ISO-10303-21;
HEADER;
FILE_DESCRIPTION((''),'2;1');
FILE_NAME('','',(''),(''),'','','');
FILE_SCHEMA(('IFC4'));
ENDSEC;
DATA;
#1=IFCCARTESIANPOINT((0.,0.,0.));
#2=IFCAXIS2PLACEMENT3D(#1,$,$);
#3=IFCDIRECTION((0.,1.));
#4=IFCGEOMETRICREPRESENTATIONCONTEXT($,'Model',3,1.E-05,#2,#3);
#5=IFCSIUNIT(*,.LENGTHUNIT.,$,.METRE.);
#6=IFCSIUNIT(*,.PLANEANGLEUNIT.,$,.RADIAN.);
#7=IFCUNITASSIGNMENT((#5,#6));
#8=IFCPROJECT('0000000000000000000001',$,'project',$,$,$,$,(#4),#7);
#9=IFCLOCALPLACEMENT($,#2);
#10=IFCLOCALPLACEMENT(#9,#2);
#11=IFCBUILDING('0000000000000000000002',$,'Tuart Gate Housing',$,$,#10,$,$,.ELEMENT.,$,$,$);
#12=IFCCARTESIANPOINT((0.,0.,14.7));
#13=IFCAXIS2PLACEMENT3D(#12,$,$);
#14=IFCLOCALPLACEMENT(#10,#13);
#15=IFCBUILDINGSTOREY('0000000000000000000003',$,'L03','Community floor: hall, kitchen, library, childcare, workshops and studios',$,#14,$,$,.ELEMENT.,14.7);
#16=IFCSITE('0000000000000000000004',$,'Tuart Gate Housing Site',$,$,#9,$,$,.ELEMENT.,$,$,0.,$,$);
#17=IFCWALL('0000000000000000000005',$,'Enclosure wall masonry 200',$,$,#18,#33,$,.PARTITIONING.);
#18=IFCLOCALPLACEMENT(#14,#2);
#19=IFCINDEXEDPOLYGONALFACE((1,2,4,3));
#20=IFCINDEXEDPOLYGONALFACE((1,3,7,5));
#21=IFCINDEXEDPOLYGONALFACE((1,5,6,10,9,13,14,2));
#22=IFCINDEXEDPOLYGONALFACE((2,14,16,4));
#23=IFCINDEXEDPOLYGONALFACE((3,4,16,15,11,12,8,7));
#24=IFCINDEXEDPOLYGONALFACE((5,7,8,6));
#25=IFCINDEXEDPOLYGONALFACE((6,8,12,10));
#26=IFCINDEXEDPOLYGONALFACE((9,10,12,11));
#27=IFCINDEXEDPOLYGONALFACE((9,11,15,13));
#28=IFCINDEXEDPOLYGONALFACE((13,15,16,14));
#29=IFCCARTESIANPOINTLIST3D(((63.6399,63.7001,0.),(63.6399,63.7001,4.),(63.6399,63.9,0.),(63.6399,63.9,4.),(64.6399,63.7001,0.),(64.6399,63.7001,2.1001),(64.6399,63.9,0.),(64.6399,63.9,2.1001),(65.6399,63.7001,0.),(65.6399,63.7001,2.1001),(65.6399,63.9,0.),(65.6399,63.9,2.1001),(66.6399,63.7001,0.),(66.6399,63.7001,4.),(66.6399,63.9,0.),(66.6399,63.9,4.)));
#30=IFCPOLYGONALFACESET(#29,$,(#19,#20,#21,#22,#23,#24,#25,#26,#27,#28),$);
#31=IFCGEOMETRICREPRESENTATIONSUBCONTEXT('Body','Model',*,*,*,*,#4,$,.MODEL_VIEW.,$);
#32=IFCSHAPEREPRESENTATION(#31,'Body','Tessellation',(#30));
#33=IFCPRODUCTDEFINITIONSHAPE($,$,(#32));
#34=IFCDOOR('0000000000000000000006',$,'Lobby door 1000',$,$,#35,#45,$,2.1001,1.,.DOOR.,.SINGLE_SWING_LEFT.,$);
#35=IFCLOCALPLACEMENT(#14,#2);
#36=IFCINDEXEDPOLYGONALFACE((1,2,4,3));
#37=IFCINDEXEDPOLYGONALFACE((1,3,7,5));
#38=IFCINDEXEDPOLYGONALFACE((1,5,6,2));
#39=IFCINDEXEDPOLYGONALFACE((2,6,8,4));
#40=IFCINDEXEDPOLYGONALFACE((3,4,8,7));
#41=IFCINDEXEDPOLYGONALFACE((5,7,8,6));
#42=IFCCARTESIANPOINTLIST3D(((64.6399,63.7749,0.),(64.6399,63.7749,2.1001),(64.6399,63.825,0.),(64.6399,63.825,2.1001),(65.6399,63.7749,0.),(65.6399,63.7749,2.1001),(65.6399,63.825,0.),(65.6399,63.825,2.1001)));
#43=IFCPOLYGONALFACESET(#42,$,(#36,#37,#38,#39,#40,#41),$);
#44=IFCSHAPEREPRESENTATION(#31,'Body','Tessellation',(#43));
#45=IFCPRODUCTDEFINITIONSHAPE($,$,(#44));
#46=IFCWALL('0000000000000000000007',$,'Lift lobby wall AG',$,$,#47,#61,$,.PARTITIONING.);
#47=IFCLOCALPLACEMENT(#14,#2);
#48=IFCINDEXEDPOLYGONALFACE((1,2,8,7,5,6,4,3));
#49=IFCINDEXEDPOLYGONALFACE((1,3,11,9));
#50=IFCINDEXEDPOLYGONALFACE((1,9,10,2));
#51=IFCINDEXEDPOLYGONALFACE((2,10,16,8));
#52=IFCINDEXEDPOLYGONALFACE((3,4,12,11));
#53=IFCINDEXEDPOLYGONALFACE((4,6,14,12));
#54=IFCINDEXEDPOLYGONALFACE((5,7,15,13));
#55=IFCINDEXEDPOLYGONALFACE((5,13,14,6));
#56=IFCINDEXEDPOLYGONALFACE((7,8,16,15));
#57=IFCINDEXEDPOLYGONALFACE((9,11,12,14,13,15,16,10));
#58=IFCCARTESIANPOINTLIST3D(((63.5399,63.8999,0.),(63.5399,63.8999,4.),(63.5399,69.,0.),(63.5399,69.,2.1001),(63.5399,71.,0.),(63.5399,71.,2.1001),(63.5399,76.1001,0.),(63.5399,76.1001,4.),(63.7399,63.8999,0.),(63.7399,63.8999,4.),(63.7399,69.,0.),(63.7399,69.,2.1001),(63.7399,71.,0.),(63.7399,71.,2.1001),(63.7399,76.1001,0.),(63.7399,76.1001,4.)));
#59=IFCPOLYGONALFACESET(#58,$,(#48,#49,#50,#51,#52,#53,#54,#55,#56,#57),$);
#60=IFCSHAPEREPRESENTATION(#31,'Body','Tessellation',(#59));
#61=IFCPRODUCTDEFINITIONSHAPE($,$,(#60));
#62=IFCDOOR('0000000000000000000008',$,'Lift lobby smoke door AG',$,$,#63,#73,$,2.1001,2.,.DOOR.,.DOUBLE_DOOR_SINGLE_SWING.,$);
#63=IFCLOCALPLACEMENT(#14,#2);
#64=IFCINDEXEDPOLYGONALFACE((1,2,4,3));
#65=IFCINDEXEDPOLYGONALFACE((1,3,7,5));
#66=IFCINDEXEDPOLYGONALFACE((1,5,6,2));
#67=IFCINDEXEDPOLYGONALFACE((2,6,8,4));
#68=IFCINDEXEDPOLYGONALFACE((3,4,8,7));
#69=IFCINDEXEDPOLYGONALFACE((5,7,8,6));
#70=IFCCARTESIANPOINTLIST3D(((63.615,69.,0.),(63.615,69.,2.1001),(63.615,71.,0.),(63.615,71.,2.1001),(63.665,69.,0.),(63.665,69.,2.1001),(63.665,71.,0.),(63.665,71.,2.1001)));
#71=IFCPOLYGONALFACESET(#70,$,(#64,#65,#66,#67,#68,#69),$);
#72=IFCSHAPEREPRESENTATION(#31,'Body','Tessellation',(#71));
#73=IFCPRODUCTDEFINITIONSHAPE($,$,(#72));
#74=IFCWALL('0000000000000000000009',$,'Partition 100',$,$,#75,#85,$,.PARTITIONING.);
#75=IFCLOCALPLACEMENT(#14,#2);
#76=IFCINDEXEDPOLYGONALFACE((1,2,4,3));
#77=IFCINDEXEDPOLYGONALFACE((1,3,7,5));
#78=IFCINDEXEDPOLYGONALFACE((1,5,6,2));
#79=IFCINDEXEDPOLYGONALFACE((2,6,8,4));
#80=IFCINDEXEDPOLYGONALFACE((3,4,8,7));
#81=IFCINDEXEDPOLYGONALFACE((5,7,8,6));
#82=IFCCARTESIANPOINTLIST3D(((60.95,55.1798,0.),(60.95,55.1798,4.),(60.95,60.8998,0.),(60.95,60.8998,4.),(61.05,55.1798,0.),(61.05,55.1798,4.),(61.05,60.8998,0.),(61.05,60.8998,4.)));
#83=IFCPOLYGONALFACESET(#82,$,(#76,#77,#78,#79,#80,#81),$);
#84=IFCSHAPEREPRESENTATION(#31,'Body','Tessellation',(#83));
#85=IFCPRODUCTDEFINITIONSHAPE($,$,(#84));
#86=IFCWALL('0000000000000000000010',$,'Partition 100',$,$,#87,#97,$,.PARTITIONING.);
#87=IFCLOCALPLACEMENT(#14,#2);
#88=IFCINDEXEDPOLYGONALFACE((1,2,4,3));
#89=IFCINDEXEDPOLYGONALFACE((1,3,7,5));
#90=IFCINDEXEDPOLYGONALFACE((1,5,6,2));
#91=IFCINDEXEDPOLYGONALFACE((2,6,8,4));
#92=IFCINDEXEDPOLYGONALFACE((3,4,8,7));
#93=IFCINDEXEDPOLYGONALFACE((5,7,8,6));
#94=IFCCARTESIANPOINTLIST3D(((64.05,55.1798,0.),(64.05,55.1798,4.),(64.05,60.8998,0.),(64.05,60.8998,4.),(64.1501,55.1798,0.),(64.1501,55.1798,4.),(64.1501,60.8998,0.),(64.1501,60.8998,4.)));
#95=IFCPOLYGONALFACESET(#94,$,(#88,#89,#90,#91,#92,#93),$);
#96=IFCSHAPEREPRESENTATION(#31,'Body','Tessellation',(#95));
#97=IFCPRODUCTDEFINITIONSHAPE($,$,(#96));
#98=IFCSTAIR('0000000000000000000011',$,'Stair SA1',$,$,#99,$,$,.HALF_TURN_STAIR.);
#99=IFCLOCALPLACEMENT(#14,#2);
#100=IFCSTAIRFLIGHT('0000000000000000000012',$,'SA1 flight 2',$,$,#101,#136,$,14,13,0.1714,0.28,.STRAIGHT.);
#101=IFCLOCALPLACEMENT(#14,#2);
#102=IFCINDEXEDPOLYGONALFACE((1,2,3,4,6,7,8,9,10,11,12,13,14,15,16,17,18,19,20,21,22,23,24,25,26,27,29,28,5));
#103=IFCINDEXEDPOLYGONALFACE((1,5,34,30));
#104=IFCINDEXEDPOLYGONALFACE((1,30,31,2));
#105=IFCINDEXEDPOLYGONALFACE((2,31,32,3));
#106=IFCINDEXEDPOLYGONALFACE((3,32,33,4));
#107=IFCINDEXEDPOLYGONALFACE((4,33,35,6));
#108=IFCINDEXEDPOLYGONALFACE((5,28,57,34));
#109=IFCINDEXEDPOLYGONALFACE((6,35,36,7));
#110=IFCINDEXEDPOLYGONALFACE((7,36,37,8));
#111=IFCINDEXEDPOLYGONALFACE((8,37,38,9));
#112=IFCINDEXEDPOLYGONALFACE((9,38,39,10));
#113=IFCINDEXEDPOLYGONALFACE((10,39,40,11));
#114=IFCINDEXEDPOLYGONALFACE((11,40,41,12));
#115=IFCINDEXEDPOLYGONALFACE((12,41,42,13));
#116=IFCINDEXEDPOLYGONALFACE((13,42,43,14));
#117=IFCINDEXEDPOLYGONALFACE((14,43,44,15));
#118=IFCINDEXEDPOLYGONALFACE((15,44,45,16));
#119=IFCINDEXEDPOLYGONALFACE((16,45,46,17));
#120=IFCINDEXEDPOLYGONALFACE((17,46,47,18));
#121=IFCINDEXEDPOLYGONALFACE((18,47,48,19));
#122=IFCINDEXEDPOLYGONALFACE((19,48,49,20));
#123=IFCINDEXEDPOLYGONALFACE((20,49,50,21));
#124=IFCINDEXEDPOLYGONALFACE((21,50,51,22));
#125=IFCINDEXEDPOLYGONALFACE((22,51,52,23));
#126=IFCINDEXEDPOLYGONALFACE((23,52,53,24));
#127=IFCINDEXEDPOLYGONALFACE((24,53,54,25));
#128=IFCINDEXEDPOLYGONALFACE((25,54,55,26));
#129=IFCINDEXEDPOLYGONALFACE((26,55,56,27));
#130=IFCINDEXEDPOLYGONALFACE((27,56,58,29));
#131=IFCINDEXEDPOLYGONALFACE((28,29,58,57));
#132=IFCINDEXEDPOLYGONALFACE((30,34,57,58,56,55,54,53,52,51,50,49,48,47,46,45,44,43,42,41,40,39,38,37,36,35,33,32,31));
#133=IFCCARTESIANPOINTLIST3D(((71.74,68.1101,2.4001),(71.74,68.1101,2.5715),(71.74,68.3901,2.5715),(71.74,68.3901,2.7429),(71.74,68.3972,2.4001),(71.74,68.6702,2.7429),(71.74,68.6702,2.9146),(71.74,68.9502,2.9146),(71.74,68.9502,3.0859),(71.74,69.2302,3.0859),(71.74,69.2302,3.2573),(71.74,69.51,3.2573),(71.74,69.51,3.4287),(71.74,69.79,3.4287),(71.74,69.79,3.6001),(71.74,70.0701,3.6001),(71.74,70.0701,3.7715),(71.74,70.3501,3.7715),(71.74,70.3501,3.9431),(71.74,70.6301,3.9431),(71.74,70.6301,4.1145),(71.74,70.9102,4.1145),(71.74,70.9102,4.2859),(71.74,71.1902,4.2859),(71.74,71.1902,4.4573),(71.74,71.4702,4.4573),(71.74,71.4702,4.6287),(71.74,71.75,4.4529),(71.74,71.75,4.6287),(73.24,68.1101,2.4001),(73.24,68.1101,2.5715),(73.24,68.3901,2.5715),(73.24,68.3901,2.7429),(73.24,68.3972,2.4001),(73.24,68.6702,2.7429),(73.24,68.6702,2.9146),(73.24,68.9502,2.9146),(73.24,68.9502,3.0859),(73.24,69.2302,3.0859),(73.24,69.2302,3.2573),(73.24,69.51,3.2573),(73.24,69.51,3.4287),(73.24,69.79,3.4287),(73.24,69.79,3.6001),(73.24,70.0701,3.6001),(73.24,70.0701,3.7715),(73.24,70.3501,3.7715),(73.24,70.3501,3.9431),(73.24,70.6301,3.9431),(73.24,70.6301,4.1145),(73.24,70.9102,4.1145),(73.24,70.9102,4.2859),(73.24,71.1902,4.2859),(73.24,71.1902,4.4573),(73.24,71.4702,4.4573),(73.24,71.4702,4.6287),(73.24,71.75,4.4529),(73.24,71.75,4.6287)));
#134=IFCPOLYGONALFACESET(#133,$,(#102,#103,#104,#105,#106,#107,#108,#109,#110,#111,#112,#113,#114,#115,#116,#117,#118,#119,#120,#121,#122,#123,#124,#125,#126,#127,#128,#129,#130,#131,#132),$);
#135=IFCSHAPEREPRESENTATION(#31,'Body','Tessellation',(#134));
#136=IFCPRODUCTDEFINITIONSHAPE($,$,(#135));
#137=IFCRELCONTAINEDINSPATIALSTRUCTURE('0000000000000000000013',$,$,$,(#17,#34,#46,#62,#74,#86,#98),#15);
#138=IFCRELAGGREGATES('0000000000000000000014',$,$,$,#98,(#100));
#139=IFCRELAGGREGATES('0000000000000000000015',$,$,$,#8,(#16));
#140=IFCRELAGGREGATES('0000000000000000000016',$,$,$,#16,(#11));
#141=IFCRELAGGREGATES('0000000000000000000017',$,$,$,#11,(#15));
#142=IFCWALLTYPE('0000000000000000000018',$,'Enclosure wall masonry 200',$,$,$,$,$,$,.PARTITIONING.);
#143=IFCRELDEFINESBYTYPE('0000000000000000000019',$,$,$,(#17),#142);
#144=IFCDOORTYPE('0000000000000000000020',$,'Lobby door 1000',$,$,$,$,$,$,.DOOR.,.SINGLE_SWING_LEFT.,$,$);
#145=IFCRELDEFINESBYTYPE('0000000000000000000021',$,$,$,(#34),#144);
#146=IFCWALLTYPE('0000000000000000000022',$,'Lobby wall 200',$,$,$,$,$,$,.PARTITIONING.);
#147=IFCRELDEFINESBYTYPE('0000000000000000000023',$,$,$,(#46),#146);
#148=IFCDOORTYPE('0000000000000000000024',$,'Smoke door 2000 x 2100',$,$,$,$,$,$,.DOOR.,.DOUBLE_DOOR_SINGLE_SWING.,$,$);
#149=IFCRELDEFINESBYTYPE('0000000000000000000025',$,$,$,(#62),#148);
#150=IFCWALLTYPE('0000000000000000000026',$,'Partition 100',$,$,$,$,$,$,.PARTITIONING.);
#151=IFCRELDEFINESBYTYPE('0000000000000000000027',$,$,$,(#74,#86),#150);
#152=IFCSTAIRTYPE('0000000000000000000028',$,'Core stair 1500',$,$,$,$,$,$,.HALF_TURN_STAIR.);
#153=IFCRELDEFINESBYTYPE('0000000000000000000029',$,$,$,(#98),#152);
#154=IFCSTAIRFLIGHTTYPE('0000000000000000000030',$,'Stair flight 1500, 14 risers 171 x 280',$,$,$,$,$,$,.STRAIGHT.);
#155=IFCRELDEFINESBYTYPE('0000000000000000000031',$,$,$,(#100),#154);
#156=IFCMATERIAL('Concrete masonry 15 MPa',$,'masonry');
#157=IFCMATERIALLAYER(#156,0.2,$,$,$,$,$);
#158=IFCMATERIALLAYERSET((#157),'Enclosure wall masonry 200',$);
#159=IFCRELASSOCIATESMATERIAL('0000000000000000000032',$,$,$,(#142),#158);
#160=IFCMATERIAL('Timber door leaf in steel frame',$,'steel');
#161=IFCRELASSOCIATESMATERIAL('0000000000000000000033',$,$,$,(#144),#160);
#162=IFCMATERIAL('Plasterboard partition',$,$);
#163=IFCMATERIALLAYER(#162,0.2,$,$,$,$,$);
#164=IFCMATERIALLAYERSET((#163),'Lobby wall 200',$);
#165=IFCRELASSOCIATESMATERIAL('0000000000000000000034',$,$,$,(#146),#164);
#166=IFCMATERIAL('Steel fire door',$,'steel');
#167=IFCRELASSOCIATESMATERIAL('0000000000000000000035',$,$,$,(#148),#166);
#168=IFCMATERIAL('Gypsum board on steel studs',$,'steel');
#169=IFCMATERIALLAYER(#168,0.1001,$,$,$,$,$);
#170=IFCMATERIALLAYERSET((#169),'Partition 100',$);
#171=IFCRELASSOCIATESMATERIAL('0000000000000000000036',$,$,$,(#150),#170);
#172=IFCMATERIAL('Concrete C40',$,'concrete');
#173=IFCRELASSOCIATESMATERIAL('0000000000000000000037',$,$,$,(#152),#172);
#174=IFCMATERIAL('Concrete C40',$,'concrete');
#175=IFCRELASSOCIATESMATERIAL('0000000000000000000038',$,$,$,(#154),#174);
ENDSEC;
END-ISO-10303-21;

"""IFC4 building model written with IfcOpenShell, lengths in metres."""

from ifc_helpers import new_model, si_unit, direction, frame, frame_2d, origin, place, context, subcontext, project, spatial, polyline, rectangle, outline, extrude, material, layer, layer_set, type_object, element, fill, aggregate, save


model = new_model("IFC4")

# Units and contexts
model_context = context("Model", 3, precision=1e-05, world=origin(), true_north=direction((0.0, 1.0)))
body_context = subcontext(model_context, "Body", "Model", "MODEL_VIEW")
ifc_project = project(units=[si_unit("LENGTHUNIT", "METRE"), si_unit("PLANEANGLEUNIT", "RADIAN")], contexts=[model_context])

# Site, building, storey
site_placement = place(None, origin())
site = spatial("IfcSite", under=ifc_project, at=site_placement, Name="Tuart Gate Housing Site", CompositionType="ELEMENT", RefElevation=0.0)
building_placement = place(site_placement, origin())
building = spatial("IfcBuilding", under=site, at=building_placement, Name="Tuart Gate Housing", CompositionType="ELEMENT")
storey_placement = place(building_placement, frame((0.0, 0.0, 14.7)))
storey = spatial("IfcBuildingStorey", under=building, at=storey_placement, Name="L03", Description="Community floor: hall, kitchen, library, childcare, workshops and studios", CompositionType="ELEMENT", Elevation=14.7)

# Walls, openings, doors
ifc_material_1 = material(Name="Concrete masonry 15 MPa", Category="masonry")
ifc_layer_1 = layer(ifc_material_1, 0.2)
ifc_layer_set_1 = layer_set([ifc_layer_1], Name="Enclosure wall masonry 200")
wall_type_1 = type_object("IfcWallType", Name="Enclosure wall masonry 200", PredefinedType="PARTITIONING", material=ifc_layer_set_1)
wall_1_placement = place(storey_placement, frame((63.6399, 63.8, 0.0), z_axis=(0.0, 0.0, 1.0), x_axis=(1.0, 0.0, 0.0)))
wall_1 = element("IfcWall", 1, at=wall_1_placement, inside=storey, type_object=wall_type_1, Name="Enclosure wall masonry 200", PredefinedType="PARTITIONING", context=body_context, shape_type="SweptSolid", body=[
    extrude(rectangle(XDim=3.0, YDim=0.2, at=frame_2d((1.5, 0.0))), origin(), (0.0, 0.0, 1.0), 4.0),
])
opening_1_placement = place(wall_1_placement, frame((1.0, 0.0, 0.0)))
opening_1 = element("IfcOpeningElement", 2, at=opening_1_placement, cuts=wall_1, PredefinedType="OPENING", context=body_context, shape_type="SweptSolid", body=[
    extrude(rectangle(XDim=1.0, YDim=2.1001, at=frame_2d((0.5, 1.05))), frame((0.0, 0.1099, 0.0), z_axis=(0.0, -1.0, 0.0), x_axis=(1.0, 0.0, 0.0)), (0.0, 0.0, 1.0), 0.22),
])
ifc_material_2 = material(Name="Timber door leaf in steel frame", Category="steel")
door_type_1 = type_object("IfcDoorType", Name="Lobby door 1000", OperationType="SINGLE_SWING_LEFT", PredefinedType="DOOR", material=ifc_material_2)
door_1_placement = place(opening_1_placement, origin())
door_1 = element("IfcDoor", 3, at=door_1_placement, inside=storey, type_object=door_type_1, Name="Lobby door 1000", OperationType="SINGLE_SWING_LEFT", OverallHeight=2.1001, OverallWidth=1.0, PredefinedType="DOOR", context=body_context, shape_type="SweptSolid", body=[
    extrude(rectangle(XDim=1.0, YDim=2.1001, at=frame_2d((0.5, 1.05))), frame((0.0, 0.0249, 0.0), z_axis=(0.0, -1.0, 0.0), x_axis=(1.0, 0.0, 0.0)), (0.0, 0.0, 1.0), 0.05),
])
fill(opening_1, door_1)
ifc_material_3 = material(Name="Plasterboard partition")
ifc_layer_2 = layer(ifc_material_3, 0.2)
ifc_layer_set_2 = layer_set([ifc_layer_2], Name="Lobby wall 200")
wall_type_2 = type_object("IfcWallType", Name="Lobby wall 200", PredefinedType="PARTITIONING", material=ifc_layer_set_2)
wall_2_placement = place(storey_placement, frame((63.6399, 63.8999, 0.0), z_axis=(0.0, 0.0, 1.0), x_axis=(0.0, 1.0, 0.0)))
wall_2 = element("IfcWall", 4, at=wall_2_placement, inside=storey, type_object=wall_type_2, Name="Lift lobby wall AG", PredefinedType="PARTITIONING", context=body_context, shape_type="SweptSolid", body=[
    extrude(rectangle(XDim=12.2002, YDim=0.2, at=frame_2d((6.1001, 0.0))), origin(), (0.0, 0.0, 1.0), 4.0),
])
opening_2_placement = place(wall_2_placement, frame((5.1001, 0.0, 0.0)))
opening_2 = element("IfcOpeningElement", 5, at=opening_2_placement, cuts=wall_2, PredefinedType="OPENING", context=body_context, shape_type="SweptSolid", body=[
    extrude(rectangle(XDim=2.0, YDim=2.1001, at=frame_2d((1.0, 1.05))), frame((0.0, 0.1099, 0.0), z_axis=(0.0, -1.0, 0.0), x_axis=(1.0, 0.0, 0.0)), (0.0, 0.0, 1.0), 0.22),
])
ifc_material_4 = material(Name="Steel fire door", Category="steel")
door_type_2 = type_object("IfcDoorType", Name="Smoke door 2000 x 2100", OperationType="DOUBLE_DOOR_SINGLE_SWING", PredefinedType="DOOR", material=ifc_material_4)
door_2_placement = place(opening_2_placement, frame((2.0, 0.0, 0.0), z_axis=(0.0, 0.0, 1.0), x_axis=(-1.0, 0.0, 0.0)))
door_2 = element("IfcDoor", 6, at=door_2_placement, inside=storey, type_object=door_type_2, Name="Lift lobby smoke door AG", OperationType="DOUBLE_DOOR_SINGLE_SWING", OverallHeight=2.1001, OverallWidth=2.0, PredefinedType="DOOR", context=body_context, shape_type="SweptSolid", body=[
    extrude(rectangle(XDim=2.0, YDim=2.1001, at=frame_2d((1.0, 1.05))), frame((0.0, 0.0251, 0.0), z_axis=(0.0, -1.0, 0.0), x_axis=(1.0, 0.0, 0.0)), (0.0, 0.0, 1.0), 0.05),
])
fill(opening_2, door_2)

# Walls
ifc_material_5 = material(Name="Gypsum board on steel studs", Category="steel")
ifc_layer_3 = layer(ifc_material_5, 0.1001)
ifc_layer_set_3 = layer_set([ifc_layer_3], Name="Partition 100")
wall_type_3 = type_object("IfcWallType", Name="Partition 100", PredefinedType="PARTITIONING", material=ifc_layer_set_3)
for number, where, z_axis, x_axis, name in (
    (7, (61.0, 55.1799, 0.0), (0.0, 0.0, 1.0), (0.0, 1.0, 0.0), "Partition 100"),
    (8, (64.1001, 55.1799, 0.0), (0.0, 0.0, 1.0), (0.0, 1.0, 0.0), "Partition 100"),
):
    element("IfcWall", number, at=place(storey_placement, frame(where, z_axis=z_axis, x_axis=x_axis)), inside=storey, type_object=wall_type_3, Name=name, PredefinedType="PARTITIONING", context=body_context, shape_type="SweptSolid", body=[
        extrude(rectangle(XDim=5.72, YDim=0.1001, at=frame_2d((2.8599, 0.0))), origin(), (0.0, 0.0, 1.0), 4.0),
    ])

# Stair, stair flight
ifc_material_6 = material(Name="Concrete C40", Category="concrete")
stair_type = type_object("IfcStairType", Name="Core stair 1500", PredefinedType="HALF_TURN_STAIR", material=ifc_material_6)
stair_placement = place(storey_placement, origin())
stair = element("IfcStair", 9, at=stair_placement, inside=storey, type_object=stair_type, Name="Stair SA1", PredefinedType="HALF_TURN_STAIR")
ifc_material_7 = material(Name="Concrete C40", Category="concrete")
stair_flight_type = type_object("IfcStairFlightType", Name="Stair flight 1500, 14 risers 171 x 280", PredefinedType="STRAIGHT", material=ifc_material_7)
stair_flight_placement = place(storey_placement, frame((72.49, 68.1101, 2.4001), z_axis=(0.0, 0.0, 1.0), x_axis=(0.0, 1.0, 0.0)))
stair_flight = element("IfcStairFlight", 10, at=stair_flight_placement, type_object=stair_flight_type, Name="SA1 flight 2", NumberOfRisers=14, NumberOfTreads=13, PredefinedType="STRAIGHT", RiserHeight=0.1714, TreadLength=0.28, context=body_context, shape_type="SweptSolid", body=[
    extrude(outline(polyline([(0.0, 0.0), (0.0, 0.1714), (0.28, 0.1714), (0.28, 0.3428), (0.5601, 0.3428), (0.5601, 0.5144), (0.8401, 0.5144), (0.8401, 0.6858), (1.1201, 0.6858), (1.1201, 0.8572), (1.3999, 0.8572), (1.3999, 1.0286), (1.6799, 1.0286), (1.6799, 1.2), (1.96, 1.2), (1.96, 1.3713), (2.24, 1.3713), (2.24, 1.543), (2.52, 1.543), (2.52, 1.7144), (2.8, 1.7144), (2.8, 1.8857), (3.0801, 1.8857), (3.0801, 2.0571), (3.3601, 2.0571), (3.3601, 2.2285), (3.6399, 2.2285), (3.6399, 2.3999), (3.6399, 2.0527), (0.2871, 0.0), (0.0, 0.0)])), frame((0.0, 0.75, 0.0), z_axis=(0.0, -1.0, 0.0), x_axis=(1.0, 0.0, 0.0)), (0.0, 0.0, 1.0), 1.5),
])
aggregate(stair, [stair_flight])

save(model, "model.ifc")
